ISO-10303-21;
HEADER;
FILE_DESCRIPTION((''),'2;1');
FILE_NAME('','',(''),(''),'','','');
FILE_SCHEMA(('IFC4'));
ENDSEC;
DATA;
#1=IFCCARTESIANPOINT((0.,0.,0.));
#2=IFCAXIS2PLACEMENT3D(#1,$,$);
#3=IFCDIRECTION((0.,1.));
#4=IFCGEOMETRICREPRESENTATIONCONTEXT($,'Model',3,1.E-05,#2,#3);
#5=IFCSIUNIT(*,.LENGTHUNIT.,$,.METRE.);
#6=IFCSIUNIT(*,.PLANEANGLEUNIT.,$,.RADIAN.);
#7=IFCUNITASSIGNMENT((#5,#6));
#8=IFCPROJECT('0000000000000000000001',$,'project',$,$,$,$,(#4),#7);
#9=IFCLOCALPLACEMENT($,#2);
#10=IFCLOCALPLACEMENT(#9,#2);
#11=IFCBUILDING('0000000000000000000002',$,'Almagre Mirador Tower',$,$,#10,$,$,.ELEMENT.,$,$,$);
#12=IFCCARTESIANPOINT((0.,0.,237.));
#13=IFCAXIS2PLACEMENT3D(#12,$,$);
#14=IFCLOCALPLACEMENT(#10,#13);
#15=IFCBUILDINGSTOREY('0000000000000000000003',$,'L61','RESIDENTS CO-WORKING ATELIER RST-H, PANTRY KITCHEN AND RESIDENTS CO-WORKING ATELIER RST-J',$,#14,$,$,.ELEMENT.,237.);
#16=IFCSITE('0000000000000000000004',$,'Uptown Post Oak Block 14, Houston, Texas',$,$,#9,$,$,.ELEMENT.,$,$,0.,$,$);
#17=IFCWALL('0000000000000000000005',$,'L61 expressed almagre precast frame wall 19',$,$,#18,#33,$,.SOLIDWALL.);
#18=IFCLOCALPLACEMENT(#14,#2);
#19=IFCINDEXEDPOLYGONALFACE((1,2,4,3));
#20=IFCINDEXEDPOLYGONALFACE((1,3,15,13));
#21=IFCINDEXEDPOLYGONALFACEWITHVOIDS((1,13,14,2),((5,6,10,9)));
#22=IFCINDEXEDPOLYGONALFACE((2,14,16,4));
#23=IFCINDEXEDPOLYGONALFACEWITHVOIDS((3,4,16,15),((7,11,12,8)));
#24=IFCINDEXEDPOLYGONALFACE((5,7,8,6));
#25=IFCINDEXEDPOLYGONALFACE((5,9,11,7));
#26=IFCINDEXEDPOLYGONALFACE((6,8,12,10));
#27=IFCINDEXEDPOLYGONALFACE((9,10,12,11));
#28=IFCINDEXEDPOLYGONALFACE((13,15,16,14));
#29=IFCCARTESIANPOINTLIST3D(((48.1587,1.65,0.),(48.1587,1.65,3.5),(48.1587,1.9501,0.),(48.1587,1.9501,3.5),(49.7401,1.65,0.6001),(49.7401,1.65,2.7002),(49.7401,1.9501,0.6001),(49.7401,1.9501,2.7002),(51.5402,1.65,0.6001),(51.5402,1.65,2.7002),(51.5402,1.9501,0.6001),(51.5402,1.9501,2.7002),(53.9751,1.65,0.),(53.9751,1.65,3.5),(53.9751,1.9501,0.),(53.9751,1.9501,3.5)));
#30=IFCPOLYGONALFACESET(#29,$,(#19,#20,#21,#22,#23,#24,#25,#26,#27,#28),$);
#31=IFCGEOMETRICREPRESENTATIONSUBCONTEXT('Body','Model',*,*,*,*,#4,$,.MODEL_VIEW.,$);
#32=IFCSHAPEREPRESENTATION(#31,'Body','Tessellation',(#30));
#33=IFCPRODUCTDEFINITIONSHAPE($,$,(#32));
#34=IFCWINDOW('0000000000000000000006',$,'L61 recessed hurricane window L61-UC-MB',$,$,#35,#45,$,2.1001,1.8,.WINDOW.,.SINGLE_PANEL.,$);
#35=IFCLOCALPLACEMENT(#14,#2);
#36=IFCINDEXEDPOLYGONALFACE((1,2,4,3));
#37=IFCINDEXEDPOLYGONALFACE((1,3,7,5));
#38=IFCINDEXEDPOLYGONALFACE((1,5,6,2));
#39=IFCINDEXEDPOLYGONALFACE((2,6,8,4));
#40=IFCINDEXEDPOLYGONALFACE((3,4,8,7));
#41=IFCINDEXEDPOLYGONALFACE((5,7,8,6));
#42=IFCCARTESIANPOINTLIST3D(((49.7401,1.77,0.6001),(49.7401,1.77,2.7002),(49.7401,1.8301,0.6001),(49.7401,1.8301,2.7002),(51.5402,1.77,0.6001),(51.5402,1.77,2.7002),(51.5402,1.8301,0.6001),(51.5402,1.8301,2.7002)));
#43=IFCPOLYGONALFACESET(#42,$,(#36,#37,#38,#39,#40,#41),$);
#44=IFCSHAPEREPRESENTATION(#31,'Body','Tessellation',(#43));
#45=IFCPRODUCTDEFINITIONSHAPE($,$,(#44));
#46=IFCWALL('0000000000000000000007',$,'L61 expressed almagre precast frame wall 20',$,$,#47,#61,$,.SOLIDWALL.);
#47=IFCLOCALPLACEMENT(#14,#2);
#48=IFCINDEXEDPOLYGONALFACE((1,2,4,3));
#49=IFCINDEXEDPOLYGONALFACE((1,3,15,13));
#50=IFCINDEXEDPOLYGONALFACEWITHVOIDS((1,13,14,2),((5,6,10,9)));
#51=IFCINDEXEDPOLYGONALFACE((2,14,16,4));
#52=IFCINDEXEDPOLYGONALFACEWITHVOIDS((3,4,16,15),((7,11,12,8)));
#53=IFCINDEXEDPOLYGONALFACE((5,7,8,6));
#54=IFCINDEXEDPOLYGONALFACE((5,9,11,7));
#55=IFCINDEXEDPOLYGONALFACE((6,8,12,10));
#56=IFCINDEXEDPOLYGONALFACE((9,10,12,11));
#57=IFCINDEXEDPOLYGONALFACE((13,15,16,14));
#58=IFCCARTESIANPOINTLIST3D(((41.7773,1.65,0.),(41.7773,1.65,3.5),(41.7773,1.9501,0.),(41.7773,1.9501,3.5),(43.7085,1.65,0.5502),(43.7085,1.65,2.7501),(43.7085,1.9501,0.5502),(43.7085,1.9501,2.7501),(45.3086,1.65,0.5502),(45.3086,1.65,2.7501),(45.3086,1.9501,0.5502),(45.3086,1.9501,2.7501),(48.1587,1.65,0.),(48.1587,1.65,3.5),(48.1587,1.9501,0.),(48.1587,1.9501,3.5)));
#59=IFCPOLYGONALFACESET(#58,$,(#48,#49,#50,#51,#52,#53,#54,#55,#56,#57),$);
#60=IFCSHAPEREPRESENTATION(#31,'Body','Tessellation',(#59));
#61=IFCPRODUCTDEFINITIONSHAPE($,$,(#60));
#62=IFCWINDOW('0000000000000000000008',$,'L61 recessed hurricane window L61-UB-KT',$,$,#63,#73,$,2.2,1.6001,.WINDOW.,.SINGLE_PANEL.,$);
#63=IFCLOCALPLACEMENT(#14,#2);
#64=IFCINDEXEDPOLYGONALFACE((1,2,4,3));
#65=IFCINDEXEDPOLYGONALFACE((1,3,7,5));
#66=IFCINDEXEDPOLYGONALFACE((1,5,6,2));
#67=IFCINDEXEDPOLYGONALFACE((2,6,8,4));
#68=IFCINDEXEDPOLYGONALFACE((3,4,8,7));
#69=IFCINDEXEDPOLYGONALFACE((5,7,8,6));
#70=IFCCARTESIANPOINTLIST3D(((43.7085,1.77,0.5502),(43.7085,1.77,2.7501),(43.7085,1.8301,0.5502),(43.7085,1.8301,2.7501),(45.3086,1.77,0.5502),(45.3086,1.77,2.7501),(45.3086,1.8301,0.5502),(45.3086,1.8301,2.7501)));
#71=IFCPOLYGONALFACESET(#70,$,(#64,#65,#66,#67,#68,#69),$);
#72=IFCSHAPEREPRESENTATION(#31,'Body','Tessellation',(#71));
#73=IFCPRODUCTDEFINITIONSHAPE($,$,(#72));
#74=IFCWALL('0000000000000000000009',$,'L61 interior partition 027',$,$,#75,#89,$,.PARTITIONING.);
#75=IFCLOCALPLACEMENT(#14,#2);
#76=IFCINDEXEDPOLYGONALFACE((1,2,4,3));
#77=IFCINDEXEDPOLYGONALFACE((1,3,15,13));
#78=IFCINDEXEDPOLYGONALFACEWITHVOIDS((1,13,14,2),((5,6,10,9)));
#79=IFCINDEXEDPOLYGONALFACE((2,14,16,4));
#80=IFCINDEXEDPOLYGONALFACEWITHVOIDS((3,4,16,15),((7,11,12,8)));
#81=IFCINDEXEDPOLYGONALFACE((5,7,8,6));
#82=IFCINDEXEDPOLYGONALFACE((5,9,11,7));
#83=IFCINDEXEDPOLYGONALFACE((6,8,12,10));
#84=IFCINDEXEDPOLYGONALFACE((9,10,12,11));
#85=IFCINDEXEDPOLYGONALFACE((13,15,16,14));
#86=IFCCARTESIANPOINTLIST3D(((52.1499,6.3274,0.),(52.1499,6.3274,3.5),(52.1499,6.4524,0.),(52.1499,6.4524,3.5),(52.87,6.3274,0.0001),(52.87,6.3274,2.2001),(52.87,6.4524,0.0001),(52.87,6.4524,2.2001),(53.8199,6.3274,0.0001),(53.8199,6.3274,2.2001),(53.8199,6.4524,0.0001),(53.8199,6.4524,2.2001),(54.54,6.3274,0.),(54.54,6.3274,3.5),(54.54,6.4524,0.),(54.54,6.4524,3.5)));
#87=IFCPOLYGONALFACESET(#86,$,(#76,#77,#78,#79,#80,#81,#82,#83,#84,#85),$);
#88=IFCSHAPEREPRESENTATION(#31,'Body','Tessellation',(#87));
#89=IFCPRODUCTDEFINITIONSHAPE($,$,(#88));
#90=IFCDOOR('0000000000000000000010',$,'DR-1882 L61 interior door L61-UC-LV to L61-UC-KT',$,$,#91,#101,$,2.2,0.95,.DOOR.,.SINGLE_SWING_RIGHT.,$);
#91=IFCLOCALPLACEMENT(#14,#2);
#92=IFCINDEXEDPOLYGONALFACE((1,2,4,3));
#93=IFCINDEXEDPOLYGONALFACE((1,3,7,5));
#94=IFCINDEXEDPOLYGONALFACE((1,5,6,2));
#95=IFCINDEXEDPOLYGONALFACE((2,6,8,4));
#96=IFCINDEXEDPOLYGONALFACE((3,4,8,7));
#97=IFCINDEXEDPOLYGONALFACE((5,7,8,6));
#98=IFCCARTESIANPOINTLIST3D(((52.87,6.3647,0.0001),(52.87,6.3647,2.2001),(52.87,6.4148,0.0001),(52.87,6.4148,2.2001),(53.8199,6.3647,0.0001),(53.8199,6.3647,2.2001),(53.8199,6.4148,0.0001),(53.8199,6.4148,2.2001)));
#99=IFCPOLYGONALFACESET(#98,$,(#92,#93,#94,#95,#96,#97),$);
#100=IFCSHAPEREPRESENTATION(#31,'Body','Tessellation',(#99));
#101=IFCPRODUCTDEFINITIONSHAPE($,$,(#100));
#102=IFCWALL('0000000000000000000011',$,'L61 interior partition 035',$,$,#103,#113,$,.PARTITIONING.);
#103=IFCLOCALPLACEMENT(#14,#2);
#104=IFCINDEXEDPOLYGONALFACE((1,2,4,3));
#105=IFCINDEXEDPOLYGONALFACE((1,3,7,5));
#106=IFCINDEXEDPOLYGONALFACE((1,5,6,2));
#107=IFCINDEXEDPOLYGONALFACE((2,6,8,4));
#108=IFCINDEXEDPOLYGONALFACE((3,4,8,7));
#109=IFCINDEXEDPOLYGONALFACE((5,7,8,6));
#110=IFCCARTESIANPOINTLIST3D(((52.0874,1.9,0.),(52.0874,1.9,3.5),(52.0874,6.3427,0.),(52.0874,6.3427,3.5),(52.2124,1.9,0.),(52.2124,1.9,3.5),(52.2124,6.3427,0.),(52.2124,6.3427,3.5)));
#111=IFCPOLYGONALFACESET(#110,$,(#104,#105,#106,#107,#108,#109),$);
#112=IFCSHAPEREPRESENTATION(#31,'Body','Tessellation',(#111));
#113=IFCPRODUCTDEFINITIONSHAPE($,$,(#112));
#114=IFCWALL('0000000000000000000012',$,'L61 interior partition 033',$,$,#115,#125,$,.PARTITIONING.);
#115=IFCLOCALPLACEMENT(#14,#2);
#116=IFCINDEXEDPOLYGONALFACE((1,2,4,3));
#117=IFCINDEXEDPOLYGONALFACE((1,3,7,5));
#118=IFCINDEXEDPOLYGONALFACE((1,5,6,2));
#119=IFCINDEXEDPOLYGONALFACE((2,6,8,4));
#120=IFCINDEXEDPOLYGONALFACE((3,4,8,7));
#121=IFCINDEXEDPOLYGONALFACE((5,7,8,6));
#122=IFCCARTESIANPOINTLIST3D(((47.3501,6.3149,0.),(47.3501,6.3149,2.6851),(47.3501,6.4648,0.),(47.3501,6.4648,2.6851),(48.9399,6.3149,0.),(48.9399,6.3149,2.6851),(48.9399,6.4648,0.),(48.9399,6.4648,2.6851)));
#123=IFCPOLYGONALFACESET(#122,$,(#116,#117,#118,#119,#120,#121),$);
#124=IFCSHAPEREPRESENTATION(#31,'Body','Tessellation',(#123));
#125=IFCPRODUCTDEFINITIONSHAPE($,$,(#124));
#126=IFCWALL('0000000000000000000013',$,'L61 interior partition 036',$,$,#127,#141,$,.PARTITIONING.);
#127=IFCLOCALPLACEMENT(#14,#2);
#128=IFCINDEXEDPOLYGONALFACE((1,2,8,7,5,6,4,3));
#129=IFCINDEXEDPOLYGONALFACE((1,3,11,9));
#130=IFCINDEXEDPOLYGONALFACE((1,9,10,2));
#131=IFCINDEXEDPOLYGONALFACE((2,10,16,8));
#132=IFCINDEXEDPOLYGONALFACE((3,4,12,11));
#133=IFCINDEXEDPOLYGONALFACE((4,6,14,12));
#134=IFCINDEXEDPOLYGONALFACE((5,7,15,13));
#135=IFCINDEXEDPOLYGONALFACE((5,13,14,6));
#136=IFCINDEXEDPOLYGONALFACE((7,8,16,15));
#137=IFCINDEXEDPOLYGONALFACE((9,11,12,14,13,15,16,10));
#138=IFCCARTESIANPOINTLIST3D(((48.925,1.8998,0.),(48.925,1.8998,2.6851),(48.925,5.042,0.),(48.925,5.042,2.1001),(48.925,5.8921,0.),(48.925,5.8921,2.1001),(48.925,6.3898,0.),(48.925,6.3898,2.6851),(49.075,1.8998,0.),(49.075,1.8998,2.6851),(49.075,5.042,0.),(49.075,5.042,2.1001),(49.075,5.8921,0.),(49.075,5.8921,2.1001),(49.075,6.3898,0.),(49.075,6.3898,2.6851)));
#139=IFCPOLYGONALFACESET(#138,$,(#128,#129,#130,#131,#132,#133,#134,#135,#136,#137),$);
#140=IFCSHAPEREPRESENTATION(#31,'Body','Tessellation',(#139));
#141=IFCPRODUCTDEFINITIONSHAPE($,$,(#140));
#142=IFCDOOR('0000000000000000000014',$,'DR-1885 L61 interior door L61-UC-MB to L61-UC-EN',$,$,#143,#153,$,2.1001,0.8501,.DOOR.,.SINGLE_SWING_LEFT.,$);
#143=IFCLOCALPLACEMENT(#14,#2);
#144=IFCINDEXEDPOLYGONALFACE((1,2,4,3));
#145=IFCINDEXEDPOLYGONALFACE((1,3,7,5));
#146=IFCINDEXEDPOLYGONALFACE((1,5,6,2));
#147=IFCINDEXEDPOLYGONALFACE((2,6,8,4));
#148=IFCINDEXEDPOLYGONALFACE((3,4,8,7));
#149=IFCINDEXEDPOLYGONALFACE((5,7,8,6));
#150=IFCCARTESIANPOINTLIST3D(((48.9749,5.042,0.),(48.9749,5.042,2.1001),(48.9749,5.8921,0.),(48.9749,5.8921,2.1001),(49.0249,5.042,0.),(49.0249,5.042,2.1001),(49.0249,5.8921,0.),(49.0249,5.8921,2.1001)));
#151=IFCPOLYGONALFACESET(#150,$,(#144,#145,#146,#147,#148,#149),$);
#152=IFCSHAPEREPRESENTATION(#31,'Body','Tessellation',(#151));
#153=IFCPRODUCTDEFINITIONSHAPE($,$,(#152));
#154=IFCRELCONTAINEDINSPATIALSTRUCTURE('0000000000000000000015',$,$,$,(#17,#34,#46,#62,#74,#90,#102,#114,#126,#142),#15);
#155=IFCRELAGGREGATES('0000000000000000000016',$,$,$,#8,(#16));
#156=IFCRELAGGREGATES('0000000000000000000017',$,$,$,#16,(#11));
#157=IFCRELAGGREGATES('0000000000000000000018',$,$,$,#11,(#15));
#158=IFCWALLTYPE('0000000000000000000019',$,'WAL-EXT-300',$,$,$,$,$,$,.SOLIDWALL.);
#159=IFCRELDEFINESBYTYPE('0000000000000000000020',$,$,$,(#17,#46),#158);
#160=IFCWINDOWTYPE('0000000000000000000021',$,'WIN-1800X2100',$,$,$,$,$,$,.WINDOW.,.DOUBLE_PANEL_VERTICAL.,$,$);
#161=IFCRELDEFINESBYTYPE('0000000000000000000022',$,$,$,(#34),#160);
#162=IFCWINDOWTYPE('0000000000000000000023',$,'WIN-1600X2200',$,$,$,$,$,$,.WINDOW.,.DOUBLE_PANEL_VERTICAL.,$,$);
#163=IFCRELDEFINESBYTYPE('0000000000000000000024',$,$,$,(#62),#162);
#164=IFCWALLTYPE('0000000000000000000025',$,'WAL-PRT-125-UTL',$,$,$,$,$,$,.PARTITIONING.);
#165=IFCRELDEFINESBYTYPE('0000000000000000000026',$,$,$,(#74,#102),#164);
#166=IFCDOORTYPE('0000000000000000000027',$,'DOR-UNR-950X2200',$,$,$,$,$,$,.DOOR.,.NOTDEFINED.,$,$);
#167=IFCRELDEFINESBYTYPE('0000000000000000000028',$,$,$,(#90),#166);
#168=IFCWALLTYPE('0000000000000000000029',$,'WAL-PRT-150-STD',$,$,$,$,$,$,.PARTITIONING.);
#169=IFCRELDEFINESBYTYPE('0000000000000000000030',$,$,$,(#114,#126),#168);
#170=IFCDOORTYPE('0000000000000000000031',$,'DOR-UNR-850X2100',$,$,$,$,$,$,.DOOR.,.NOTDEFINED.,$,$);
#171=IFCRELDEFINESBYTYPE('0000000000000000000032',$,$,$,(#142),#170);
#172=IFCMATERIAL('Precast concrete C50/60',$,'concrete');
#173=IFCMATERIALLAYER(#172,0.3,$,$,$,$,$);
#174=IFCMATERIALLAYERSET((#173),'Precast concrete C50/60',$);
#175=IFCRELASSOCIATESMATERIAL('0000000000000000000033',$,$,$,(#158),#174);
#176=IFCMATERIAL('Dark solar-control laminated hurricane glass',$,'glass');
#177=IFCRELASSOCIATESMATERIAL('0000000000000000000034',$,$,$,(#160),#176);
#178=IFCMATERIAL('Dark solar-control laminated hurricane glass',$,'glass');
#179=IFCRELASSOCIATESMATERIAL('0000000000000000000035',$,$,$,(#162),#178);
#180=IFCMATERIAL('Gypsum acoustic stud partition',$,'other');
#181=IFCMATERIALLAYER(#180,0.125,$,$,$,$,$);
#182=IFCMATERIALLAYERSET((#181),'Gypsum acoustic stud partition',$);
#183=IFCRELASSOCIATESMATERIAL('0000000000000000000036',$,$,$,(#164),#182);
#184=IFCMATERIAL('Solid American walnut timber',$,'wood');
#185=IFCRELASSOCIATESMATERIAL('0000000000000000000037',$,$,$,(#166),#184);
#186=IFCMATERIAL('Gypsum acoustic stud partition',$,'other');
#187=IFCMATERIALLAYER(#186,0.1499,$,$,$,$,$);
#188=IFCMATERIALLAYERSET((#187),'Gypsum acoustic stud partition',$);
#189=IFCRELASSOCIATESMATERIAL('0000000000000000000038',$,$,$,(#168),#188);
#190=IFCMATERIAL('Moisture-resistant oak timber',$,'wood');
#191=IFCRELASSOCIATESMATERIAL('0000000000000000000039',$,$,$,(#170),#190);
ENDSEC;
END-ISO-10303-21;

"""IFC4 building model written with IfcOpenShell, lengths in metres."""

from ifc_helpers import new_model, si_unit, direction, frame, frame_2d, origin, place, context, subcontext, project, spatial, rectangle, extrude, material, layer, layer_set, type_object, element, fill, save


model = new_model("IFC4")

# Units and contexts
model_context = context("Model", 3, precision=1e-05, world=origin(), true_north=direction((0.0, 1.0)))
body_context = subcontext(model_context, "Body", "Model", "MODEL_VIEW")
ifc_project = project(units=[si_unit("LENGTHUNIT", "METRE"), si_unit("PLANEANGLEUNIT", "RADIAN")], contexts=[model_context])

# Site, building, storey
site_placement = place(None, origin())
site = spatial("IfcSite", under=ifc_project, at=site_placement, Name="Uptown Post Oak Block 14, Houston, Texas", CompositionType="ELEMENT", RefElevation=0.0)
building_placement = place(site_placement, origin())
building = spatial("IfcBuilding", under=site, at=building_placement, Name="Almagre Mirador Tower", CompositionType="ELEMENT")
storey_placement = place(building_placement, frame((0.0, 0.0, 237.0)))
storey = spatial("IfcBuildingStorey", under=building, at=storey_placement, Name="L61", Description="RESIDENTS CO-WORKING ATELIER RST-H, PANTRY KITCHEN AND RESIDENTS CO-WORKING ATELIER RST-J", CompositionType="ELEMENT", Elevation=237.0)

# Shared definitions
ifc_material_1 = material(Name="Precast concrete C50/60", Category="concrete")
ifc_layer_1 = layer(ifc_material_1, 0.3)
ifc_layer_set_1 = layer_set([ifc_layer_1], Name="Precast concrete C50/60")
wall_type_1 = type_object("IfcWallType", Name="WAL-EXT-300", PredefinedType="SOLIDWALL", material=ifc_layer_set_1)

# Walls, openings, windows
wall_1_placement = place(storey_placement, frame((53.9751, 1.8, 0.0), z_axis=(0.0, 0.0, 1.0), x_axis=(-1.0, 0.0, 0.0)))
wall_1 = element("IfcWall", 1, at=wall_1_placement, inside=storey, type_object=wall_type_1, Name="L61 expressed almagre precast frame wall 19", PredefinedType="SOLIDWALL", context=body_context, shape_type="SweptSolid", body=[
    extrude(rectangle(XDim=5.8164, YDim=0.3, at=frame_2d((2.9082, 0.0))), origin(), (0.0, 0.0, 1.0), 3.5),
])
opening_1_placement = place(wall_1_placement, frame((2.4351, 0.0, 0.6001)))
opening_1 = element("IfcOpeningElement", 2, at=opening_1_placement, cuts=wall_1, PredefinedType="OPENING", context=body_context, shape_type="SweptSolid", body=[
    extrude(rectangle(XDim=1.8, YDim=2.1001, at=frame_2d((0.8999, 1.05))), frame((0.0, 0.1599, 0.0), z_axis=(0.0, -1.0, 0.0), x_axis=(1.0, 0.0, 0.0)), (0.0, 0.0, 1.0), 0.32),
])
ifc_material_2 = material(Name="Dark solar-control laminated hurricane glass", Category="glass")
window_type_1 = type_object("IfcWindowType", Name="WIN-1800X2100", PartitioningType="DOUBLE_PANEL_VERTICAL", PredefinedType="WINDOW", material=ifc_material_2)
window_1_placement = place(opening_1_placement, origin())
window_1 = element("IfcWindow", 3, at=window_1_placement, inside=storey, type_object=window_type_1, Name="L61 recessed hurricane window L61-UC-MB", OverallHeight=2.1001, OverallWidth=1.8, PartitioningType="SINGLE_PANEL", PredefinedType="WINDOW", context=body_context, shape_type="SweptSolid", body=[
    extrude(rectangle(XDim=1.8, YDim=2.1001, at=frame_2d((0.8999, 1.05))), frame((0.0, 0.03, 0.0), z_axis=(0.0, -1.0, 0.0), x_axis=(1.0, 0.0, 0.0)), (0.0, 0.0, 1.0), 0.0601),
])
fill(opening_1, window_1)
wall_2_placement = place(storey_placement, frame((48.1587, 1.8, 0.0), z_axis=(0.0, 0.0, 1.0), x_axis=(-1.0, 0.0, 0.0)))
wall_2 = element("IfcWall", 4, at=wall_2_placement, inside=storey, type_object=wall_type_1, Name="L61 expressed almagre precast frame wall 20", PredefinedType="SOLIDWALL", context=body_context, shape_type="SweptSolid", body=[
    extrude(rectangle(XDim=6.3813, YDim=0.3, at=frame_2d((3.1907, 0.0))), origin(), (0.0, 0.0, 1.0), 3.5),
])
opening_2_placement = place(wall_2_placement, frame((2.8501, 0.0, 0.55)))
opening_2 = element("IfcOpeningElement", 5, at=opening_2_placement, cuts=wall_2, PredefinedType="OPENING", context=body_context, shape_type="SweptSolid", body=[
    extrude(rectangle(XDim=1.6001, YDim=2.2, at=frame_2d((0.8, 1.1001))), frame((0.0, 0.1599, 0.0), z_axis=(0.0, -1.0, 0.0), x_axis=(1.0, 0.0, 0.0)), (0.0, 0.0, 1.0), 0.32),
])
ifc_material_3 = material(Name="Dark solar-control laminated hurricane glass", Category="glass")
window_type_2 = type_object("IfcWindowType", Name="WIN-1600X2200", PartitioningType="DOUBLE_PANEL_VERTICAL", PredefinedType="WINDOW", material=ifc_material_3)
window_2_placement = place(opening_2_placement, origin())
window_2 = element("IfcWindow", 6, at=window_2_placement, inside=storey, type_object=window_type_2, Name="L61 recessed hurricane window L61-UB-KT", OverallHeight=2.2, OverallWidth=1.6001, PartitioningType="SINGLE_PANEL", PredefinedType="WINDOW", context=body_context, shape_type="SweptSolid", body=[
    extrude(rectangle(XDim=1.6001, YDim=2.2, at=frame_2d((0.8, 1.1001))), frame((0.0, 0.03, 0.0), z_axis=(0.0, -1.0, 0.0), x_axis=(1.0, 0.0, 0.0)), (0.0, 0.0, 1.0), 0.0601),
])
fill(opening_2, window_2)

# Wall, opening, door
ifc_material_4 = material(Name="Gypsum acoustic stud partition", Category="other")
ifc_layer_2 = layer(ifc_material_4, 0.125)
ifc_layer_set_2 = layer_set([ifc_layer_2], Name="Gypsum acoustic stud partition")
wall_type_2 = type_object("IfcWallType", Name="WAL-PRT-125-UTL", PredefinedType="PARTITIONING", material=ifc_layer_set_2)
wall_3_placement = place(storey_placement, frame((52.1499, 6.3899, 0.0), z_axis=(0.0, 0.0, 1.0), x_axis=(1.0, 0.0, 0.0)))
wall_3 = element("IfcWall", 7, at=wall_3_placement, inside=storey, type_object=wall_type_2, Name="L61 interior partition 027", PredefinedType="PARTITIONING", context=body_context, shape_type="SweptSolid", body=[
    extrude(rectangle(XDim=2.3901, YDim=0.125, at=frame_2d((1.1951, 0.0))), origin(), (0.0, 0.0, 1.0), 3.5),
])
opening_3_placement = place(wall_3_placement, frame((0.72, 0.0, 0.0)))
opening_3 = element("IfcOpeningElement", 8, at=opening_3_placement, cuts=wall_3, PredefinedType="OPENING", context=body_context, shape_type="SweptSolid", body=[
    extrude(rectangle(XDim=0.95, YDim=2.2, at=frame_2d((0.4751, 1.1001))), frame((0.0, 0.0725, 0.0), z_axis=(0.0, -1.0, 0.0), x_axis=(1.0, 0.0, 0.0)), (0.0, 0.0, 1.0), 0.145),
])
ifc_material_5 = material(Name="Solid American walnut timber", Category="wood")
door_type_1 = type_object("IfcDoorType", Name="DOR-UNR-950X2200", OperationType="NOTDEFINED", PredefinedType="DOOR", material=ifc_material_5)
door_1_placement = place(opening_3_placement, origin())
door_1 = element("IfcDoor", 9, at=door_1_placement, inside=storey, type_object=door_type_1, Name="DR-1882 L61 interior door L61-UC-LV to L61-UC-KT", OperationType="SINGLE_SWING_RIGHT", OverallHeight=2.2, OverallWidth=0.95, PredefinedType="DOOR", context=body_context, shape_type="SweptSolid", body=[
    extrude(rectangle(XDim=0.95, YDim=2.2, at=frame_2d((0.4751, 1.1001))), frame((0.0, 0.0249, 0.0), z_axis=(0.0, -1.0, 0.0), x_axis=(1.0, 0.0, 0.0)), (0.0, 0.0, 1.0), 0.05),
])
fill(opening_3, door_1)

# Walls
wall_4_placement = place(storey_placement, frame((52.1499, 6.3425, 0.0), z_axis=(0.0, 0.0, 1.0), x_axis=(0.0, -1.0, 0.0)))
element("IfcWall", 10, at=wall_4_placement, inside=storey, type_object=wall_type_2, Name="L61 interior partition 035", PredefinedType="PARTITIONING", context=body_context, shape_type="SweptSolid", body=[
    extrude(rectangle(XDim=4.4426, YDim=0.125, at=frame_2d((2.2212, 0.0))), origin(), (0.0, 0.0, 1.0), 3.5),
])
ifc_material_6 = material(Name="Gypsum acoustic stud partition", Category="other")
ifc_layer_3 = layer(ifc_material_6, 0.1499)
ifc_layer_set_3 = layer_set([ifc_layer_3], Name="Gypsum acoustic stud partition")
wall_type_3 = type_object("IfcWallType", Name="WAL-PRT-150-STD", PredefinedType="PARTITIONING", material=ifc_layer_set_3)
wall_5_placement = place(storey_placement, frame((47.3501, 6.3899, 0.0), z_axis=(0.0, 0.0, 1.0), x_axis=(1.0, 0.0, 0.0)))
element("IfcWall", 11, at=wall_5_placement, inside=storey, type_object=wall_type_3, Name="L61 interior partition 033", PredefinedType="PARTITIONING", context=body_context, shape_type="SweptSolid", body=[
    extrude(rectangle(XDim=1.5898, YDim=0.1499, at=frame_2d((0.7949, 0.0))), origin(), (0.0, 0.0, 1.0), 2.6851),
])

# Wall, opening, door
wall_6_placement = place(storey_placement, frame((49.0, 6.3899, 0.0), z_axis=(0.0, 0.0, 1.0), x_axis=(0.0, -1.0, 0.0)))
wall_6 = element("IfcWall", 12, at=wall_6_placement, inside=storey, type_object=wall_type_3, Name="L61 interior partition 036", PredefinedType="PARTITIONING", context=body_context, shape_type="SweptSolid", body=[
    extrude(rectangle(XDim=4.49, YDim=0.1499, at=frame_2d((2.2451, 0.0))), origin(), (0.0, 0.0, 1.0), 2.6851),
])
opening_4_placement = place(wall_6_placement, frame((0.4978, 0.0, 0.0)))
opening_4 = element("IfcOpeningElement", 13, at=opening_4_placement, cuts=wall_6, PredefinedType="OPENING", context=body_context, shape_type="SweptSolid", body=[
    extrude(rectangle(XDim=0.8501, YDim=2.1001, at=frame_2d((0.425, 1.05))), frame((0.0, 0.085, 0.0), z_axis=(0.0, -1.0, 0.0), x_axis=(1.0, 0.0, 0.0)), (0.0, 0.0, 1.0), 0.1699),
])
ifc_material_7 = material(Name="Moisture-resistant oak timber", Category="wood")
door_type_2 = type_object("IfcDoorType", Name="DOR-UNR-850X2100", OperationType="NOTDEFINED", PredefinedType="DOOR", material=ifc_material_7)
door_2_placement = place(opening_4_placement, origin())
door_2 = element("IfcDoor", 14, at=door_2_placement, inside=storey, type_object=door_type_2, Name="DR-1885 L61 interior door L61-UC-MB to L61-UC-EN", OperationType="SINGLE_SWING_LEFT", OverallHeight=2.1001, OverallWidth=0.8501, PredefinedType="DOOR", context=body_context, shape_type="SweptSolid", body=[
    extrude(rectangle(XDim=0.8501, YDim=2.1001, at=frame_2d((0.425, 1.05))), frame((0.0, 0.0249, 0.0), z_axis=(0.0, -1.0, 0.0), x_axis=(1.0, 0.0, 0.0)), (0.0, 0.0, 1.0), 0.05),
])
fill(opening_4, door_2)

save(model, "model.ifc")
